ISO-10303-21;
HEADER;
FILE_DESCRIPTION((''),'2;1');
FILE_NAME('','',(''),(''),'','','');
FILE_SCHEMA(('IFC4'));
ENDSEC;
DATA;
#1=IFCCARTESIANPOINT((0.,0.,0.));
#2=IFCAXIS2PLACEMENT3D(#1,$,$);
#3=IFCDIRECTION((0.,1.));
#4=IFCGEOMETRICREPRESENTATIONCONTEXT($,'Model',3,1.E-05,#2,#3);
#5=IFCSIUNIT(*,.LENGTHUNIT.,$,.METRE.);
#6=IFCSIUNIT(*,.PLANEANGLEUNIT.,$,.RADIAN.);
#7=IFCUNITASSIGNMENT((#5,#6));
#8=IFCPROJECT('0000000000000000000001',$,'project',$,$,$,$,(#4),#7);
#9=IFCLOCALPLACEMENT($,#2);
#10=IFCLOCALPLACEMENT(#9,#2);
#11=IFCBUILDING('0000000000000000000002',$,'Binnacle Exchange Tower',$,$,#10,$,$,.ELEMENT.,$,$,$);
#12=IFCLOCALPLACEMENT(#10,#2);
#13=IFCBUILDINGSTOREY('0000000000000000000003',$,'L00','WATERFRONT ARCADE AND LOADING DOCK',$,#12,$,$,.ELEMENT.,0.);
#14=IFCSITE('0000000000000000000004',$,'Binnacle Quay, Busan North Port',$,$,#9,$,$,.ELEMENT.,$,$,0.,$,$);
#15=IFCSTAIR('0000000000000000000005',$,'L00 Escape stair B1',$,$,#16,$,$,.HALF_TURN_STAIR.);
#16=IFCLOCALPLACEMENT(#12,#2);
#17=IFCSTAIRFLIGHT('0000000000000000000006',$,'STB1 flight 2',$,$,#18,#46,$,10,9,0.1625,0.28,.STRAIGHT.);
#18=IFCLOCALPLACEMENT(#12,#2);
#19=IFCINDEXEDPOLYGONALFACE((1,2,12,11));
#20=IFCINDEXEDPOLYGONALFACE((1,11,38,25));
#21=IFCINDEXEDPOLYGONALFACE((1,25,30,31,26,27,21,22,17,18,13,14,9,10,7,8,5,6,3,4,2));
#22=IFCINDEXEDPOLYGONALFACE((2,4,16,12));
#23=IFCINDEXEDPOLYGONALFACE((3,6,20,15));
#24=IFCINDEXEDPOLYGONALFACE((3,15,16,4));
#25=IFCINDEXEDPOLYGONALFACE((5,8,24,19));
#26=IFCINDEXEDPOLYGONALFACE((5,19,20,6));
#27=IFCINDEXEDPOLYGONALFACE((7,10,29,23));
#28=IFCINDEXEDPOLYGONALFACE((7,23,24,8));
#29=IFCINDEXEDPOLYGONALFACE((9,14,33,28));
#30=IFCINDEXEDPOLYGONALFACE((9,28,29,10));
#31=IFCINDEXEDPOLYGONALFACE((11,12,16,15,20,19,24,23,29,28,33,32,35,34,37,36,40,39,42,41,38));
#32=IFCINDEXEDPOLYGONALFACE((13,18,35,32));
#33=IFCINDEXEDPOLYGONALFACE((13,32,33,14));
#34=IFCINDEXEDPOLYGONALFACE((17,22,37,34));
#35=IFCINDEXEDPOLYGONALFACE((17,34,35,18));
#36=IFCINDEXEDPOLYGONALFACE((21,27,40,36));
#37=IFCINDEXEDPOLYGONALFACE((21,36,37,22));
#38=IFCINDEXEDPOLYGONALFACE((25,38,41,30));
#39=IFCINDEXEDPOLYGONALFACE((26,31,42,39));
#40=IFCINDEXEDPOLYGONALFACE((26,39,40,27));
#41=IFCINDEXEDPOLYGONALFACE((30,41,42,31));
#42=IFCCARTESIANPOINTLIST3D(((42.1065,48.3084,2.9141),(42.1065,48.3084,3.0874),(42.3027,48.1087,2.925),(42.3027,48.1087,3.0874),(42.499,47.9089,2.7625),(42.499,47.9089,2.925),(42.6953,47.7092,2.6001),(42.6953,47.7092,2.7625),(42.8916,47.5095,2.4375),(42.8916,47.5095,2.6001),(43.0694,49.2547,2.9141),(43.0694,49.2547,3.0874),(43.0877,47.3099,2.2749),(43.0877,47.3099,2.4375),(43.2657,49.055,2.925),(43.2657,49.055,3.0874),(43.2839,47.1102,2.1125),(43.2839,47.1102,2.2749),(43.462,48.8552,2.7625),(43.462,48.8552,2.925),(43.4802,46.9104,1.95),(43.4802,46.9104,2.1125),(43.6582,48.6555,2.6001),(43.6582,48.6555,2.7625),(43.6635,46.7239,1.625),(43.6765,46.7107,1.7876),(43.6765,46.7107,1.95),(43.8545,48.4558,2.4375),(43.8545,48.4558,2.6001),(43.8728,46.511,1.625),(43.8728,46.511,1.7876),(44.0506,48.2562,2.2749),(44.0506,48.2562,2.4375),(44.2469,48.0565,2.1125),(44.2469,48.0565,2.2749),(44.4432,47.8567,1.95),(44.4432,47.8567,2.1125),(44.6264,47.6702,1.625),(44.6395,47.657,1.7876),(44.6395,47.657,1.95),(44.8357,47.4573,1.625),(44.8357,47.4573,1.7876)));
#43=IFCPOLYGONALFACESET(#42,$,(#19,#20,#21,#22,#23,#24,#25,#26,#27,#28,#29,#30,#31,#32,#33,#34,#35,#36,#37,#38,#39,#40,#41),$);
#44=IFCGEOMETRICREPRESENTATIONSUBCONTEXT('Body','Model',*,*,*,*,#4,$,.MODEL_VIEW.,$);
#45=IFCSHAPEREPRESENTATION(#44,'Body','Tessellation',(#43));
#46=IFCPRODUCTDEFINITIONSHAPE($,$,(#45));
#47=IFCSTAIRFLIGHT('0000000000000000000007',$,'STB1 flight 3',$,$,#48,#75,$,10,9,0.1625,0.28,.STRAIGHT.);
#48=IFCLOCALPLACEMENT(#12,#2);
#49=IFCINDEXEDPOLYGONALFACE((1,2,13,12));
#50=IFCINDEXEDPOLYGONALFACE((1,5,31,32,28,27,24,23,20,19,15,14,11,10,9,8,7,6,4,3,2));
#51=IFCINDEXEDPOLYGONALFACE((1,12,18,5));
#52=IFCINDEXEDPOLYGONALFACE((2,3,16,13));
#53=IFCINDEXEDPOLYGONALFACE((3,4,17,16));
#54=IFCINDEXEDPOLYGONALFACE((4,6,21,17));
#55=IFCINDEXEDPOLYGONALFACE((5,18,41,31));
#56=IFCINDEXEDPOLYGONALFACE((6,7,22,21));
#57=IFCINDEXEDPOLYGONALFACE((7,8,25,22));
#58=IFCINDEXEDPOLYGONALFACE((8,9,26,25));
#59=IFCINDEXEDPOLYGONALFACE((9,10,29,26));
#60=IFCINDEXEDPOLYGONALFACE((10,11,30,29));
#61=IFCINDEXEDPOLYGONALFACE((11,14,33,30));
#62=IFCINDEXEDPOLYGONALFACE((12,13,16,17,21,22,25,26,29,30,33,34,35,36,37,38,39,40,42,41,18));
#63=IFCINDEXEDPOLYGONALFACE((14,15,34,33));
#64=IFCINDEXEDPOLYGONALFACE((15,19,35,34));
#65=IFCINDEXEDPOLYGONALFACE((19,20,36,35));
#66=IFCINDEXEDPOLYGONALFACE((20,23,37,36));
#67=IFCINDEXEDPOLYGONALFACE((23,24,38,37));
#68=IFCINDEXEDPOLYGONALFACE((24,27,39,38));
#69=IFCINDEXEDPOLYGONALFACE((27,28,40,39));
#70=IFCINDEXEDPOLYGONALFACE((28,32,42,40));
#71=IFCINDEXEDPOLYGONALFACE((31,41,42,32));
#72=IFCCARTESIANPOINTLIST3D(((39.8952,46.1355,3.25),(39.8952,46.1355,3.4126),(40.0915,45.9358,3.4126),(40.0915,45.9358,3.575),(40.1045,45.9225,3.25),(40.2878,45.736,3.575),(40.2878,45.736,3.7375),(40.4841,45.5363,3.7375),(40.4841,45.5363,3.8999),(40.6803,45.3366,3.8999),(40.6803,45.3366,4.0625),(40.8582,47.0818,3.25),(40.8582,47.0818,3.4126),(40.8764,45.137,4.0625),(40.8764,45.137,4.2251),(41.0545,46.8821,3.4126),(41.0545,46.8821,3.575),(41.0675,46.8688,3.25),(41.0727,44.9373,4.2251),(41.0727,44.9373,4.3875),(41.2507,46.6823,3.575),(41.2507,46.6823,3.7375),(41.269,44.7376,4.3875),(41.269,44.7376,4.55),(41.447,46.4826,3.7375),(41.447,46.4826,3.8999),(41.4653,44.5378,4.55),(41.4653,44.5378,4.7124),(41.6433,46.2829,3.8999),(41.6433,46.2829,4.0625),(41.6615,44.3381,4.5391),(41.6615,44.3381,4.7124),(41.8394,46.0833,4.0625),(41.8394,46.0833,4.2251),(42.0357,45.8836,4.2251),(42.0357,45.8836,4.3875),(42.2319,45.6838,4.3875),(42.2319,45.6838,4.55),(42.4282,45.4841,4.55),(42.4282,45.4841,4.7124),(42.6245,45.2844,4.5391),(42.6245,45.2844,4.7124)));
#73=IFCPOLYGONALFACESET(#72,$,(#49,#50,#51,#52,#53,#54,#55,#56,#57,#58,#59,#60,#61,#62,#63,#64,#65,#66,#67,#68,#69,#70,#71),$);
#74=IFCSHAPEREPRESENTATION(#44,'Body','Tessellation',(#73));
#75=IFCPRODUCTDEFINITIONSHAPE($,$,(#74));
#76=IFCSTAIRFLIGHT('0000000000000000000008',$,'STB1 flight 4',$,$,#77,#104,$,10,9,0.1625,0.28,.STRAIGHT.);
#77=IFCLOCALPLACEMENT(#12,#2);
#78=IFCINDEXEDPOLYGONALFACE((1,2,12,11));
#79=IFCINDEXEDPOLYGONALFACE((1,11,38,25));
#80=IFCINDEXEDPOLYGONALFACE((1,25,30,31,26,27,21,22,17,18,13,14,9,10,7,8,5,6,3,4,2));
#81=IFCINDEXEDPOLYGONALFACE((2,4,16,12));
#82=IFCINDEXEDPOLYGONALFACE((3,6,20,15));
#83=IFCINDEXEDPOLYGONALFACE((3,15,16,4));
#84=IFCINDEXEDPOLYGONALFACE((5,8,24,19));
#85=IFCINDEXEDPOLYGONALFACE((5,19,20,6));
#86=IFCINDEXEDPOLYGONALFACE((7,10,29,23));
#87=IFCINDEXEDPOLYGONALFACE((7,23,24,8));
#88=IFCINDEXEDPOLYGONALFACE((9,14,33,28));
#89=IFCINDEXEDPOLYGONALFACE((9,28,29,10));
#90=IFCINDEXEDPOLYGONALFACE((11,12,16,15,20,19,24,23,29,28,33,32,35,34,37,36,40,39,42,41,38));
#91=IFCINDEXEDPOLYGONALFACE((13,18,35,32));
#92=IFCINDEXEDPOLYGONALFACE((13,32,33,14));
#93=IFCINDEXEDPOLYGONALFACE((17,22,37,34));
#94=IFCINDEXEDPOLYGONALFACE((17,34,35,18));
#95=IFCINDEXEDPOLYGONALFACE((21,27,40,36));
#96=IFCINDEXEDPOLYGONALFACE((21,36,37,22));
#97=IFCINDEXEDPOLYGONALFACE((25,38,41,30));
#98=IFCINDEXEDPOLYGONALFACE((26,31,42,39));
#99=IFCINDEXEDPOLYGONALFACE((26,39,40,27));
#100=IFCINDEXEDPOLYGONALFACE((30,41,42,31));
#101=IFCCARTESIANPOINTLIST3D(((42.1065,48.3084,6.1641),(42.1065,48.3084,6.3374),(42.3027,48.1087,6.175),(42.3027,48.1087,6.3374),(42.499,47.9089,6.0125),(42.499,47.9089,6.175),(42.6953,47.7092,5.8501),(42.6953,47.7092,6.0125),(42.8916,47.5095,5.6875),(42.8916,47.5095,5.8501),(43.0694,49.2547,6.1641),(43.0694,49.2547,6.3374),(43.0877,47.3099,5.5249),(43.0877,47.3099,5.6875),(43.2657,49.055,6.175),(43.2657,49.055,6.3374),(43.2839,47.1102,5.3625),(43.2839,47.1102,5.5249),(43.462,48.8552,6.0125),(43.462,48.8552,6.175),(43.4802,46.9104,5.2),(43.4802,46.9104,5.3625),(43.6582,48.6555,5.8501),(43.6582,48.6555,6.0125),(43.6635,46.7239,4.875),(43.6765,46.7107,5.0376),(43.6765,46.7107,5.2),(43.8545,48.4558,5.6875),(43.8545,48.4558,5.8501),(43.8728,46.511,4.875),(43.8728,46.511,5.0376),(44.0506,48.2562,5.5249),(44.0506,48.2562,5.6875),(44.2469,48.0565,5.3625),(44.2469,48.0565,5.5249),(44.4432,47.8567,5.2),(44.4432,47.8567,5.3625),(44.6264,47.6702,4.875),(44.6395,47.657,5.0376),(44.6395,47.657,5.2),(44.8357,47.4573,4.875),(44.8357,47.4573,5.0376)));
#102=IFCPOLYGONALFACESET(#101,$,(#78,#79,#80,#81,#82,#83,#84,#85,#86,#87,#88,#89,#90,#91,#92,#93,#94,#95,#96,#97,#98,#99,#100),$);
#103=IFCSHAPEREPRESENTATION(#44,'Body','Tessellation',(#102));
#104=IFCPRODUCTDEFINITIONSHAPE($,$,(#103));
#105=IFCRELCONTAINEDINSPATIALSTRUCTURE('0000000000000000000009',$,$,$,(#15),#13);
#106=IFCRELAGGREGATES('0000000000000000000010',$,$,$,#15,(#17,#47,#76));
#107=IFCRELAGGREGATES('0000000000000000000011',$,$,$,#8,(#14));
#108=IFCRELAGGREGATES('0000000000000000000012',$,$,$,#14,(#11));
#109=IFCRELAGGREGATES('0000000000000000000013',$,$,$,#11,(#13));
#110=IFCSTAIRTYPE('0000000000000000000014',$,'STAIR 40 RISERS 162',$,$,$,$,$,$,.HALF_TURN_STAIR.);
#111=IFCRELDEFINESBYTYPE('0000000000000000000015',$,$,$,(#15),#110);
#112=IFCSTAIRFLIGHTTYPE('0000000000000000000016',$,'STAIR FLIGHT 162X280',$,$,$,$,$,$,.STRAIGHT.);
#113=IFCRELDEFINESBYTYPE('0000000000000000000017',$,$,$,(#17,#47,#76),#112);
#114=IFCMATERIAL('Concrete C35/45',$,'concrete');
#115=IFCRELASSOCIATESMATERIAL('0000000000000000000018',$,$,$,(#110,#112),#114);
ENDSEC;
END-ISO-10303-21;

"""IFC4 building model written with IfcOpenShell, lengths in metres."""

from ifc_helpers import new_model, si_unit, direction, frame, origin, place, context, subcontext, project, spatial, polyline, outline, extrude, material, type_object, element, aggregate, save


model = new_model("IFC4")

# Units and contexts
model_context = context("Model", 3, precision=1e-05, world=origin(), true_north=direction((0.0, 1.0)))
body_context = subcontext(model_context, "Body", "Model", "MODEL_VIEW")
ifc_project = project(units=[si_unit("LENGTHUNIT", "METRE"), si_unit("PLANEANGLEUNIT", "RADIAN")], contexts=[model_context])

# Site, building, storey
site_placement = place(None, origin())
site = spatial("IfcSite", under=ifc_project, at=site_placement, Name="Binnacle Quay, Busan North Port", CompositionType="ELEMENT", RefElevation=0.0)
building_placement = place(site_placement, origin())
building = spatial("IfcBuilding", under=site, at=building_placement, Name="Binnacle Exchange Tower", CompositionType="ELEMENT")
storey_placement = place(building_placement, origin())
storey = spatial("IfcBuildingStorey", under=building, at=storey_placement, Name="L00", Description="WATERFRONT ARCADE AND LOADING DOCK", CompositionType="ELEMENT", Elevation=0.0)

# Stair, stair flights
ifc_material_1 = material(Name="Concrete C35/45", Category="concrete")
stair_type = type_object("IfcStairType", Name="STAIR 40 RISERS 162", PredefinedType="HALF_TURN_STAIR", material=ifc_material_1)
stair_placement = place(storey_placement, origin())
stair = element("IfcStair", 1, at=stair_placement, inside=storey, type_object=stair_type, Name="L00 Escape stair B1", PredefinedType="HALF_TURN_STAIR")
stair_flight_type = type_object("IfcStairFlightType", Name="STAIR FLIGHT 162X280", PredefinedType="STRAIGHT", material=ifc_material_1)
stair_flight_1_placement = place(storey_placement, frame((44.3542, 46.9841, 1.625), z_axis=(0.0, 0.0, 1.0), x_axis=(-0.700909, 0.71325, 0.0)))
stair_flight_1 = element("IfcStairFlight", 2, at=stair_flight_1_placement, type_object=stair_flight_type, Name="STB1 flight 2", NumberOfRisers=10, NumberOfTreads=9, PredefinedType="STRAIGHT", RiserHeight=0.1625, TreadLength=0.28, context=body_context, shape_type="SweptSolid", body=[
    extrude(outline(polyline([(0.0, 0.0), (0.0, 0.1626), (0.28, 0.1626), (0.28, 0.325), (0.5601, 0.325), (0.5601, 0.4875), (0.8401, 0.4875), (0.8401, 0.6499), (1.1201, 0.6499), (1.1201, 0.8125), (1.3999, 0.8125), (1.3999, 0.9751), (1.6799, 0.9751), (1.6799, 1.1375), (1.96, 1.1375), (1.96, 1.3), (2.24, 1.3), (2.24, 1.4624), (2.52, 1.4624), (2.52, 1.625), (2.52, 1.2891), (0.2986, 0.0), (0.0, 0.0)])), frame((0.0, 0.675, 0.0), z_axis=(0.0, -1.0, 0.0), x_axis=(1.0, 0.0, 0.0)), (0.0, 0.0, 1.0), 1.3501),
])
stair_flight_2_placement = place(storey_placement, frame((40.3767, 46.6086, 3.25), z_axis=(0.0, 0.0, 1.0), x_axis=(0.700909, -0.71325, 0.0)))
stair_flight_2 = element("IfcStairFlight", 3, at=stair_flight_2_placement, type_object=stair_flight_type, Name="STB1 flight 3", NumberOfRisers=10, NumberOfTreads=9, PredefinedType="STRAIGHT", RiserHeight=0.1625, TreadLength=0.28, context=body_context, shape_type="SweptSolid", body=[
    extrude(outline(polyline([(0.0, 0.0), (0.0, 0.1626), (0.28, 0.1626), (0.28, 0.325), (0.5601, 0.325), (0.5601, 0.4875), (0.8401, 0.4875), (0.8401, 0.6499), (1.1201, 0.6499), (1.1201, 0.8125), (1.3999, 0.8125), (1.3999, 0.9751), (1.6799, 0.9751), (1.6799, 1.1375), (1.96, 1.1375), (1.96, 1.3), (2.24, 1.3), (2.24, 1.4624), (2.52, 1.4624), (2.52, 1.625), (2.52, 1.2891), (0.2986, 0.0), (0.0, 0.0)])), frame((0.0, 0.675, 0.0), z_axis=(0.0, -1.0, 0.0), x_axis=(1.0, 0.0, 0.0)), (0.0, 0.0, 1.0), 1.3501),
])
stair_flight_3_placement = place(storey_placement, frame((44.3542, 46.9841, 4.875), z_axis=(0.0, 0.0, 1.0), x_axis=(-0.700909, 0.71325, 0.0)))
stair_flight_3 = element("IfcStairFlight", 4, at=stair_flight_3_placement, type_object=stair_flight_type, Name="STB1 flight 4", NumberOfRisers=10, NumberOfTreads=9, PredefinedType="STRAIGHT", RiserHeight=0.1625, TreadLength=0.28, context=body_context, shape_type="SweptSolid", body=[
    extrude(outline(polyline([(0.0, 0.0), (0.0, 0.1626), (0.28, 0.1626), (0.28, 0.325), (0.5601, 0.325), (0.5601, 0.4875), (0.8401, 0.4875), (0.8401, 0.6499), (1.1201, 0.6499), (1.1201, 0.8125), (1.3999, 0.8125), (1.3999, 0.9751), (1.6799, 0.9751), (1.6799, 1.1375), (1.96, 1.1375), (1.96, 1.3), (2.24, 1.3), (2.24, 1.4624), (2.52, 1.4624), (2.52, 1.625), (2.52, 1.2891), (0.2986, 0.0), (0.0, 0.0)])), frame((0.0, 0.675, 0.0), z_axis=(0.0, -1.0, 0.0), x_axis=(1.0, 0.0, 0.0)), (0.0, 0.0, 1.0), 1.3501),
])
aggregate(stair, [stair_flight_1, stair_flight_2, stair_flight_3])

save(model, "model.ifc")
